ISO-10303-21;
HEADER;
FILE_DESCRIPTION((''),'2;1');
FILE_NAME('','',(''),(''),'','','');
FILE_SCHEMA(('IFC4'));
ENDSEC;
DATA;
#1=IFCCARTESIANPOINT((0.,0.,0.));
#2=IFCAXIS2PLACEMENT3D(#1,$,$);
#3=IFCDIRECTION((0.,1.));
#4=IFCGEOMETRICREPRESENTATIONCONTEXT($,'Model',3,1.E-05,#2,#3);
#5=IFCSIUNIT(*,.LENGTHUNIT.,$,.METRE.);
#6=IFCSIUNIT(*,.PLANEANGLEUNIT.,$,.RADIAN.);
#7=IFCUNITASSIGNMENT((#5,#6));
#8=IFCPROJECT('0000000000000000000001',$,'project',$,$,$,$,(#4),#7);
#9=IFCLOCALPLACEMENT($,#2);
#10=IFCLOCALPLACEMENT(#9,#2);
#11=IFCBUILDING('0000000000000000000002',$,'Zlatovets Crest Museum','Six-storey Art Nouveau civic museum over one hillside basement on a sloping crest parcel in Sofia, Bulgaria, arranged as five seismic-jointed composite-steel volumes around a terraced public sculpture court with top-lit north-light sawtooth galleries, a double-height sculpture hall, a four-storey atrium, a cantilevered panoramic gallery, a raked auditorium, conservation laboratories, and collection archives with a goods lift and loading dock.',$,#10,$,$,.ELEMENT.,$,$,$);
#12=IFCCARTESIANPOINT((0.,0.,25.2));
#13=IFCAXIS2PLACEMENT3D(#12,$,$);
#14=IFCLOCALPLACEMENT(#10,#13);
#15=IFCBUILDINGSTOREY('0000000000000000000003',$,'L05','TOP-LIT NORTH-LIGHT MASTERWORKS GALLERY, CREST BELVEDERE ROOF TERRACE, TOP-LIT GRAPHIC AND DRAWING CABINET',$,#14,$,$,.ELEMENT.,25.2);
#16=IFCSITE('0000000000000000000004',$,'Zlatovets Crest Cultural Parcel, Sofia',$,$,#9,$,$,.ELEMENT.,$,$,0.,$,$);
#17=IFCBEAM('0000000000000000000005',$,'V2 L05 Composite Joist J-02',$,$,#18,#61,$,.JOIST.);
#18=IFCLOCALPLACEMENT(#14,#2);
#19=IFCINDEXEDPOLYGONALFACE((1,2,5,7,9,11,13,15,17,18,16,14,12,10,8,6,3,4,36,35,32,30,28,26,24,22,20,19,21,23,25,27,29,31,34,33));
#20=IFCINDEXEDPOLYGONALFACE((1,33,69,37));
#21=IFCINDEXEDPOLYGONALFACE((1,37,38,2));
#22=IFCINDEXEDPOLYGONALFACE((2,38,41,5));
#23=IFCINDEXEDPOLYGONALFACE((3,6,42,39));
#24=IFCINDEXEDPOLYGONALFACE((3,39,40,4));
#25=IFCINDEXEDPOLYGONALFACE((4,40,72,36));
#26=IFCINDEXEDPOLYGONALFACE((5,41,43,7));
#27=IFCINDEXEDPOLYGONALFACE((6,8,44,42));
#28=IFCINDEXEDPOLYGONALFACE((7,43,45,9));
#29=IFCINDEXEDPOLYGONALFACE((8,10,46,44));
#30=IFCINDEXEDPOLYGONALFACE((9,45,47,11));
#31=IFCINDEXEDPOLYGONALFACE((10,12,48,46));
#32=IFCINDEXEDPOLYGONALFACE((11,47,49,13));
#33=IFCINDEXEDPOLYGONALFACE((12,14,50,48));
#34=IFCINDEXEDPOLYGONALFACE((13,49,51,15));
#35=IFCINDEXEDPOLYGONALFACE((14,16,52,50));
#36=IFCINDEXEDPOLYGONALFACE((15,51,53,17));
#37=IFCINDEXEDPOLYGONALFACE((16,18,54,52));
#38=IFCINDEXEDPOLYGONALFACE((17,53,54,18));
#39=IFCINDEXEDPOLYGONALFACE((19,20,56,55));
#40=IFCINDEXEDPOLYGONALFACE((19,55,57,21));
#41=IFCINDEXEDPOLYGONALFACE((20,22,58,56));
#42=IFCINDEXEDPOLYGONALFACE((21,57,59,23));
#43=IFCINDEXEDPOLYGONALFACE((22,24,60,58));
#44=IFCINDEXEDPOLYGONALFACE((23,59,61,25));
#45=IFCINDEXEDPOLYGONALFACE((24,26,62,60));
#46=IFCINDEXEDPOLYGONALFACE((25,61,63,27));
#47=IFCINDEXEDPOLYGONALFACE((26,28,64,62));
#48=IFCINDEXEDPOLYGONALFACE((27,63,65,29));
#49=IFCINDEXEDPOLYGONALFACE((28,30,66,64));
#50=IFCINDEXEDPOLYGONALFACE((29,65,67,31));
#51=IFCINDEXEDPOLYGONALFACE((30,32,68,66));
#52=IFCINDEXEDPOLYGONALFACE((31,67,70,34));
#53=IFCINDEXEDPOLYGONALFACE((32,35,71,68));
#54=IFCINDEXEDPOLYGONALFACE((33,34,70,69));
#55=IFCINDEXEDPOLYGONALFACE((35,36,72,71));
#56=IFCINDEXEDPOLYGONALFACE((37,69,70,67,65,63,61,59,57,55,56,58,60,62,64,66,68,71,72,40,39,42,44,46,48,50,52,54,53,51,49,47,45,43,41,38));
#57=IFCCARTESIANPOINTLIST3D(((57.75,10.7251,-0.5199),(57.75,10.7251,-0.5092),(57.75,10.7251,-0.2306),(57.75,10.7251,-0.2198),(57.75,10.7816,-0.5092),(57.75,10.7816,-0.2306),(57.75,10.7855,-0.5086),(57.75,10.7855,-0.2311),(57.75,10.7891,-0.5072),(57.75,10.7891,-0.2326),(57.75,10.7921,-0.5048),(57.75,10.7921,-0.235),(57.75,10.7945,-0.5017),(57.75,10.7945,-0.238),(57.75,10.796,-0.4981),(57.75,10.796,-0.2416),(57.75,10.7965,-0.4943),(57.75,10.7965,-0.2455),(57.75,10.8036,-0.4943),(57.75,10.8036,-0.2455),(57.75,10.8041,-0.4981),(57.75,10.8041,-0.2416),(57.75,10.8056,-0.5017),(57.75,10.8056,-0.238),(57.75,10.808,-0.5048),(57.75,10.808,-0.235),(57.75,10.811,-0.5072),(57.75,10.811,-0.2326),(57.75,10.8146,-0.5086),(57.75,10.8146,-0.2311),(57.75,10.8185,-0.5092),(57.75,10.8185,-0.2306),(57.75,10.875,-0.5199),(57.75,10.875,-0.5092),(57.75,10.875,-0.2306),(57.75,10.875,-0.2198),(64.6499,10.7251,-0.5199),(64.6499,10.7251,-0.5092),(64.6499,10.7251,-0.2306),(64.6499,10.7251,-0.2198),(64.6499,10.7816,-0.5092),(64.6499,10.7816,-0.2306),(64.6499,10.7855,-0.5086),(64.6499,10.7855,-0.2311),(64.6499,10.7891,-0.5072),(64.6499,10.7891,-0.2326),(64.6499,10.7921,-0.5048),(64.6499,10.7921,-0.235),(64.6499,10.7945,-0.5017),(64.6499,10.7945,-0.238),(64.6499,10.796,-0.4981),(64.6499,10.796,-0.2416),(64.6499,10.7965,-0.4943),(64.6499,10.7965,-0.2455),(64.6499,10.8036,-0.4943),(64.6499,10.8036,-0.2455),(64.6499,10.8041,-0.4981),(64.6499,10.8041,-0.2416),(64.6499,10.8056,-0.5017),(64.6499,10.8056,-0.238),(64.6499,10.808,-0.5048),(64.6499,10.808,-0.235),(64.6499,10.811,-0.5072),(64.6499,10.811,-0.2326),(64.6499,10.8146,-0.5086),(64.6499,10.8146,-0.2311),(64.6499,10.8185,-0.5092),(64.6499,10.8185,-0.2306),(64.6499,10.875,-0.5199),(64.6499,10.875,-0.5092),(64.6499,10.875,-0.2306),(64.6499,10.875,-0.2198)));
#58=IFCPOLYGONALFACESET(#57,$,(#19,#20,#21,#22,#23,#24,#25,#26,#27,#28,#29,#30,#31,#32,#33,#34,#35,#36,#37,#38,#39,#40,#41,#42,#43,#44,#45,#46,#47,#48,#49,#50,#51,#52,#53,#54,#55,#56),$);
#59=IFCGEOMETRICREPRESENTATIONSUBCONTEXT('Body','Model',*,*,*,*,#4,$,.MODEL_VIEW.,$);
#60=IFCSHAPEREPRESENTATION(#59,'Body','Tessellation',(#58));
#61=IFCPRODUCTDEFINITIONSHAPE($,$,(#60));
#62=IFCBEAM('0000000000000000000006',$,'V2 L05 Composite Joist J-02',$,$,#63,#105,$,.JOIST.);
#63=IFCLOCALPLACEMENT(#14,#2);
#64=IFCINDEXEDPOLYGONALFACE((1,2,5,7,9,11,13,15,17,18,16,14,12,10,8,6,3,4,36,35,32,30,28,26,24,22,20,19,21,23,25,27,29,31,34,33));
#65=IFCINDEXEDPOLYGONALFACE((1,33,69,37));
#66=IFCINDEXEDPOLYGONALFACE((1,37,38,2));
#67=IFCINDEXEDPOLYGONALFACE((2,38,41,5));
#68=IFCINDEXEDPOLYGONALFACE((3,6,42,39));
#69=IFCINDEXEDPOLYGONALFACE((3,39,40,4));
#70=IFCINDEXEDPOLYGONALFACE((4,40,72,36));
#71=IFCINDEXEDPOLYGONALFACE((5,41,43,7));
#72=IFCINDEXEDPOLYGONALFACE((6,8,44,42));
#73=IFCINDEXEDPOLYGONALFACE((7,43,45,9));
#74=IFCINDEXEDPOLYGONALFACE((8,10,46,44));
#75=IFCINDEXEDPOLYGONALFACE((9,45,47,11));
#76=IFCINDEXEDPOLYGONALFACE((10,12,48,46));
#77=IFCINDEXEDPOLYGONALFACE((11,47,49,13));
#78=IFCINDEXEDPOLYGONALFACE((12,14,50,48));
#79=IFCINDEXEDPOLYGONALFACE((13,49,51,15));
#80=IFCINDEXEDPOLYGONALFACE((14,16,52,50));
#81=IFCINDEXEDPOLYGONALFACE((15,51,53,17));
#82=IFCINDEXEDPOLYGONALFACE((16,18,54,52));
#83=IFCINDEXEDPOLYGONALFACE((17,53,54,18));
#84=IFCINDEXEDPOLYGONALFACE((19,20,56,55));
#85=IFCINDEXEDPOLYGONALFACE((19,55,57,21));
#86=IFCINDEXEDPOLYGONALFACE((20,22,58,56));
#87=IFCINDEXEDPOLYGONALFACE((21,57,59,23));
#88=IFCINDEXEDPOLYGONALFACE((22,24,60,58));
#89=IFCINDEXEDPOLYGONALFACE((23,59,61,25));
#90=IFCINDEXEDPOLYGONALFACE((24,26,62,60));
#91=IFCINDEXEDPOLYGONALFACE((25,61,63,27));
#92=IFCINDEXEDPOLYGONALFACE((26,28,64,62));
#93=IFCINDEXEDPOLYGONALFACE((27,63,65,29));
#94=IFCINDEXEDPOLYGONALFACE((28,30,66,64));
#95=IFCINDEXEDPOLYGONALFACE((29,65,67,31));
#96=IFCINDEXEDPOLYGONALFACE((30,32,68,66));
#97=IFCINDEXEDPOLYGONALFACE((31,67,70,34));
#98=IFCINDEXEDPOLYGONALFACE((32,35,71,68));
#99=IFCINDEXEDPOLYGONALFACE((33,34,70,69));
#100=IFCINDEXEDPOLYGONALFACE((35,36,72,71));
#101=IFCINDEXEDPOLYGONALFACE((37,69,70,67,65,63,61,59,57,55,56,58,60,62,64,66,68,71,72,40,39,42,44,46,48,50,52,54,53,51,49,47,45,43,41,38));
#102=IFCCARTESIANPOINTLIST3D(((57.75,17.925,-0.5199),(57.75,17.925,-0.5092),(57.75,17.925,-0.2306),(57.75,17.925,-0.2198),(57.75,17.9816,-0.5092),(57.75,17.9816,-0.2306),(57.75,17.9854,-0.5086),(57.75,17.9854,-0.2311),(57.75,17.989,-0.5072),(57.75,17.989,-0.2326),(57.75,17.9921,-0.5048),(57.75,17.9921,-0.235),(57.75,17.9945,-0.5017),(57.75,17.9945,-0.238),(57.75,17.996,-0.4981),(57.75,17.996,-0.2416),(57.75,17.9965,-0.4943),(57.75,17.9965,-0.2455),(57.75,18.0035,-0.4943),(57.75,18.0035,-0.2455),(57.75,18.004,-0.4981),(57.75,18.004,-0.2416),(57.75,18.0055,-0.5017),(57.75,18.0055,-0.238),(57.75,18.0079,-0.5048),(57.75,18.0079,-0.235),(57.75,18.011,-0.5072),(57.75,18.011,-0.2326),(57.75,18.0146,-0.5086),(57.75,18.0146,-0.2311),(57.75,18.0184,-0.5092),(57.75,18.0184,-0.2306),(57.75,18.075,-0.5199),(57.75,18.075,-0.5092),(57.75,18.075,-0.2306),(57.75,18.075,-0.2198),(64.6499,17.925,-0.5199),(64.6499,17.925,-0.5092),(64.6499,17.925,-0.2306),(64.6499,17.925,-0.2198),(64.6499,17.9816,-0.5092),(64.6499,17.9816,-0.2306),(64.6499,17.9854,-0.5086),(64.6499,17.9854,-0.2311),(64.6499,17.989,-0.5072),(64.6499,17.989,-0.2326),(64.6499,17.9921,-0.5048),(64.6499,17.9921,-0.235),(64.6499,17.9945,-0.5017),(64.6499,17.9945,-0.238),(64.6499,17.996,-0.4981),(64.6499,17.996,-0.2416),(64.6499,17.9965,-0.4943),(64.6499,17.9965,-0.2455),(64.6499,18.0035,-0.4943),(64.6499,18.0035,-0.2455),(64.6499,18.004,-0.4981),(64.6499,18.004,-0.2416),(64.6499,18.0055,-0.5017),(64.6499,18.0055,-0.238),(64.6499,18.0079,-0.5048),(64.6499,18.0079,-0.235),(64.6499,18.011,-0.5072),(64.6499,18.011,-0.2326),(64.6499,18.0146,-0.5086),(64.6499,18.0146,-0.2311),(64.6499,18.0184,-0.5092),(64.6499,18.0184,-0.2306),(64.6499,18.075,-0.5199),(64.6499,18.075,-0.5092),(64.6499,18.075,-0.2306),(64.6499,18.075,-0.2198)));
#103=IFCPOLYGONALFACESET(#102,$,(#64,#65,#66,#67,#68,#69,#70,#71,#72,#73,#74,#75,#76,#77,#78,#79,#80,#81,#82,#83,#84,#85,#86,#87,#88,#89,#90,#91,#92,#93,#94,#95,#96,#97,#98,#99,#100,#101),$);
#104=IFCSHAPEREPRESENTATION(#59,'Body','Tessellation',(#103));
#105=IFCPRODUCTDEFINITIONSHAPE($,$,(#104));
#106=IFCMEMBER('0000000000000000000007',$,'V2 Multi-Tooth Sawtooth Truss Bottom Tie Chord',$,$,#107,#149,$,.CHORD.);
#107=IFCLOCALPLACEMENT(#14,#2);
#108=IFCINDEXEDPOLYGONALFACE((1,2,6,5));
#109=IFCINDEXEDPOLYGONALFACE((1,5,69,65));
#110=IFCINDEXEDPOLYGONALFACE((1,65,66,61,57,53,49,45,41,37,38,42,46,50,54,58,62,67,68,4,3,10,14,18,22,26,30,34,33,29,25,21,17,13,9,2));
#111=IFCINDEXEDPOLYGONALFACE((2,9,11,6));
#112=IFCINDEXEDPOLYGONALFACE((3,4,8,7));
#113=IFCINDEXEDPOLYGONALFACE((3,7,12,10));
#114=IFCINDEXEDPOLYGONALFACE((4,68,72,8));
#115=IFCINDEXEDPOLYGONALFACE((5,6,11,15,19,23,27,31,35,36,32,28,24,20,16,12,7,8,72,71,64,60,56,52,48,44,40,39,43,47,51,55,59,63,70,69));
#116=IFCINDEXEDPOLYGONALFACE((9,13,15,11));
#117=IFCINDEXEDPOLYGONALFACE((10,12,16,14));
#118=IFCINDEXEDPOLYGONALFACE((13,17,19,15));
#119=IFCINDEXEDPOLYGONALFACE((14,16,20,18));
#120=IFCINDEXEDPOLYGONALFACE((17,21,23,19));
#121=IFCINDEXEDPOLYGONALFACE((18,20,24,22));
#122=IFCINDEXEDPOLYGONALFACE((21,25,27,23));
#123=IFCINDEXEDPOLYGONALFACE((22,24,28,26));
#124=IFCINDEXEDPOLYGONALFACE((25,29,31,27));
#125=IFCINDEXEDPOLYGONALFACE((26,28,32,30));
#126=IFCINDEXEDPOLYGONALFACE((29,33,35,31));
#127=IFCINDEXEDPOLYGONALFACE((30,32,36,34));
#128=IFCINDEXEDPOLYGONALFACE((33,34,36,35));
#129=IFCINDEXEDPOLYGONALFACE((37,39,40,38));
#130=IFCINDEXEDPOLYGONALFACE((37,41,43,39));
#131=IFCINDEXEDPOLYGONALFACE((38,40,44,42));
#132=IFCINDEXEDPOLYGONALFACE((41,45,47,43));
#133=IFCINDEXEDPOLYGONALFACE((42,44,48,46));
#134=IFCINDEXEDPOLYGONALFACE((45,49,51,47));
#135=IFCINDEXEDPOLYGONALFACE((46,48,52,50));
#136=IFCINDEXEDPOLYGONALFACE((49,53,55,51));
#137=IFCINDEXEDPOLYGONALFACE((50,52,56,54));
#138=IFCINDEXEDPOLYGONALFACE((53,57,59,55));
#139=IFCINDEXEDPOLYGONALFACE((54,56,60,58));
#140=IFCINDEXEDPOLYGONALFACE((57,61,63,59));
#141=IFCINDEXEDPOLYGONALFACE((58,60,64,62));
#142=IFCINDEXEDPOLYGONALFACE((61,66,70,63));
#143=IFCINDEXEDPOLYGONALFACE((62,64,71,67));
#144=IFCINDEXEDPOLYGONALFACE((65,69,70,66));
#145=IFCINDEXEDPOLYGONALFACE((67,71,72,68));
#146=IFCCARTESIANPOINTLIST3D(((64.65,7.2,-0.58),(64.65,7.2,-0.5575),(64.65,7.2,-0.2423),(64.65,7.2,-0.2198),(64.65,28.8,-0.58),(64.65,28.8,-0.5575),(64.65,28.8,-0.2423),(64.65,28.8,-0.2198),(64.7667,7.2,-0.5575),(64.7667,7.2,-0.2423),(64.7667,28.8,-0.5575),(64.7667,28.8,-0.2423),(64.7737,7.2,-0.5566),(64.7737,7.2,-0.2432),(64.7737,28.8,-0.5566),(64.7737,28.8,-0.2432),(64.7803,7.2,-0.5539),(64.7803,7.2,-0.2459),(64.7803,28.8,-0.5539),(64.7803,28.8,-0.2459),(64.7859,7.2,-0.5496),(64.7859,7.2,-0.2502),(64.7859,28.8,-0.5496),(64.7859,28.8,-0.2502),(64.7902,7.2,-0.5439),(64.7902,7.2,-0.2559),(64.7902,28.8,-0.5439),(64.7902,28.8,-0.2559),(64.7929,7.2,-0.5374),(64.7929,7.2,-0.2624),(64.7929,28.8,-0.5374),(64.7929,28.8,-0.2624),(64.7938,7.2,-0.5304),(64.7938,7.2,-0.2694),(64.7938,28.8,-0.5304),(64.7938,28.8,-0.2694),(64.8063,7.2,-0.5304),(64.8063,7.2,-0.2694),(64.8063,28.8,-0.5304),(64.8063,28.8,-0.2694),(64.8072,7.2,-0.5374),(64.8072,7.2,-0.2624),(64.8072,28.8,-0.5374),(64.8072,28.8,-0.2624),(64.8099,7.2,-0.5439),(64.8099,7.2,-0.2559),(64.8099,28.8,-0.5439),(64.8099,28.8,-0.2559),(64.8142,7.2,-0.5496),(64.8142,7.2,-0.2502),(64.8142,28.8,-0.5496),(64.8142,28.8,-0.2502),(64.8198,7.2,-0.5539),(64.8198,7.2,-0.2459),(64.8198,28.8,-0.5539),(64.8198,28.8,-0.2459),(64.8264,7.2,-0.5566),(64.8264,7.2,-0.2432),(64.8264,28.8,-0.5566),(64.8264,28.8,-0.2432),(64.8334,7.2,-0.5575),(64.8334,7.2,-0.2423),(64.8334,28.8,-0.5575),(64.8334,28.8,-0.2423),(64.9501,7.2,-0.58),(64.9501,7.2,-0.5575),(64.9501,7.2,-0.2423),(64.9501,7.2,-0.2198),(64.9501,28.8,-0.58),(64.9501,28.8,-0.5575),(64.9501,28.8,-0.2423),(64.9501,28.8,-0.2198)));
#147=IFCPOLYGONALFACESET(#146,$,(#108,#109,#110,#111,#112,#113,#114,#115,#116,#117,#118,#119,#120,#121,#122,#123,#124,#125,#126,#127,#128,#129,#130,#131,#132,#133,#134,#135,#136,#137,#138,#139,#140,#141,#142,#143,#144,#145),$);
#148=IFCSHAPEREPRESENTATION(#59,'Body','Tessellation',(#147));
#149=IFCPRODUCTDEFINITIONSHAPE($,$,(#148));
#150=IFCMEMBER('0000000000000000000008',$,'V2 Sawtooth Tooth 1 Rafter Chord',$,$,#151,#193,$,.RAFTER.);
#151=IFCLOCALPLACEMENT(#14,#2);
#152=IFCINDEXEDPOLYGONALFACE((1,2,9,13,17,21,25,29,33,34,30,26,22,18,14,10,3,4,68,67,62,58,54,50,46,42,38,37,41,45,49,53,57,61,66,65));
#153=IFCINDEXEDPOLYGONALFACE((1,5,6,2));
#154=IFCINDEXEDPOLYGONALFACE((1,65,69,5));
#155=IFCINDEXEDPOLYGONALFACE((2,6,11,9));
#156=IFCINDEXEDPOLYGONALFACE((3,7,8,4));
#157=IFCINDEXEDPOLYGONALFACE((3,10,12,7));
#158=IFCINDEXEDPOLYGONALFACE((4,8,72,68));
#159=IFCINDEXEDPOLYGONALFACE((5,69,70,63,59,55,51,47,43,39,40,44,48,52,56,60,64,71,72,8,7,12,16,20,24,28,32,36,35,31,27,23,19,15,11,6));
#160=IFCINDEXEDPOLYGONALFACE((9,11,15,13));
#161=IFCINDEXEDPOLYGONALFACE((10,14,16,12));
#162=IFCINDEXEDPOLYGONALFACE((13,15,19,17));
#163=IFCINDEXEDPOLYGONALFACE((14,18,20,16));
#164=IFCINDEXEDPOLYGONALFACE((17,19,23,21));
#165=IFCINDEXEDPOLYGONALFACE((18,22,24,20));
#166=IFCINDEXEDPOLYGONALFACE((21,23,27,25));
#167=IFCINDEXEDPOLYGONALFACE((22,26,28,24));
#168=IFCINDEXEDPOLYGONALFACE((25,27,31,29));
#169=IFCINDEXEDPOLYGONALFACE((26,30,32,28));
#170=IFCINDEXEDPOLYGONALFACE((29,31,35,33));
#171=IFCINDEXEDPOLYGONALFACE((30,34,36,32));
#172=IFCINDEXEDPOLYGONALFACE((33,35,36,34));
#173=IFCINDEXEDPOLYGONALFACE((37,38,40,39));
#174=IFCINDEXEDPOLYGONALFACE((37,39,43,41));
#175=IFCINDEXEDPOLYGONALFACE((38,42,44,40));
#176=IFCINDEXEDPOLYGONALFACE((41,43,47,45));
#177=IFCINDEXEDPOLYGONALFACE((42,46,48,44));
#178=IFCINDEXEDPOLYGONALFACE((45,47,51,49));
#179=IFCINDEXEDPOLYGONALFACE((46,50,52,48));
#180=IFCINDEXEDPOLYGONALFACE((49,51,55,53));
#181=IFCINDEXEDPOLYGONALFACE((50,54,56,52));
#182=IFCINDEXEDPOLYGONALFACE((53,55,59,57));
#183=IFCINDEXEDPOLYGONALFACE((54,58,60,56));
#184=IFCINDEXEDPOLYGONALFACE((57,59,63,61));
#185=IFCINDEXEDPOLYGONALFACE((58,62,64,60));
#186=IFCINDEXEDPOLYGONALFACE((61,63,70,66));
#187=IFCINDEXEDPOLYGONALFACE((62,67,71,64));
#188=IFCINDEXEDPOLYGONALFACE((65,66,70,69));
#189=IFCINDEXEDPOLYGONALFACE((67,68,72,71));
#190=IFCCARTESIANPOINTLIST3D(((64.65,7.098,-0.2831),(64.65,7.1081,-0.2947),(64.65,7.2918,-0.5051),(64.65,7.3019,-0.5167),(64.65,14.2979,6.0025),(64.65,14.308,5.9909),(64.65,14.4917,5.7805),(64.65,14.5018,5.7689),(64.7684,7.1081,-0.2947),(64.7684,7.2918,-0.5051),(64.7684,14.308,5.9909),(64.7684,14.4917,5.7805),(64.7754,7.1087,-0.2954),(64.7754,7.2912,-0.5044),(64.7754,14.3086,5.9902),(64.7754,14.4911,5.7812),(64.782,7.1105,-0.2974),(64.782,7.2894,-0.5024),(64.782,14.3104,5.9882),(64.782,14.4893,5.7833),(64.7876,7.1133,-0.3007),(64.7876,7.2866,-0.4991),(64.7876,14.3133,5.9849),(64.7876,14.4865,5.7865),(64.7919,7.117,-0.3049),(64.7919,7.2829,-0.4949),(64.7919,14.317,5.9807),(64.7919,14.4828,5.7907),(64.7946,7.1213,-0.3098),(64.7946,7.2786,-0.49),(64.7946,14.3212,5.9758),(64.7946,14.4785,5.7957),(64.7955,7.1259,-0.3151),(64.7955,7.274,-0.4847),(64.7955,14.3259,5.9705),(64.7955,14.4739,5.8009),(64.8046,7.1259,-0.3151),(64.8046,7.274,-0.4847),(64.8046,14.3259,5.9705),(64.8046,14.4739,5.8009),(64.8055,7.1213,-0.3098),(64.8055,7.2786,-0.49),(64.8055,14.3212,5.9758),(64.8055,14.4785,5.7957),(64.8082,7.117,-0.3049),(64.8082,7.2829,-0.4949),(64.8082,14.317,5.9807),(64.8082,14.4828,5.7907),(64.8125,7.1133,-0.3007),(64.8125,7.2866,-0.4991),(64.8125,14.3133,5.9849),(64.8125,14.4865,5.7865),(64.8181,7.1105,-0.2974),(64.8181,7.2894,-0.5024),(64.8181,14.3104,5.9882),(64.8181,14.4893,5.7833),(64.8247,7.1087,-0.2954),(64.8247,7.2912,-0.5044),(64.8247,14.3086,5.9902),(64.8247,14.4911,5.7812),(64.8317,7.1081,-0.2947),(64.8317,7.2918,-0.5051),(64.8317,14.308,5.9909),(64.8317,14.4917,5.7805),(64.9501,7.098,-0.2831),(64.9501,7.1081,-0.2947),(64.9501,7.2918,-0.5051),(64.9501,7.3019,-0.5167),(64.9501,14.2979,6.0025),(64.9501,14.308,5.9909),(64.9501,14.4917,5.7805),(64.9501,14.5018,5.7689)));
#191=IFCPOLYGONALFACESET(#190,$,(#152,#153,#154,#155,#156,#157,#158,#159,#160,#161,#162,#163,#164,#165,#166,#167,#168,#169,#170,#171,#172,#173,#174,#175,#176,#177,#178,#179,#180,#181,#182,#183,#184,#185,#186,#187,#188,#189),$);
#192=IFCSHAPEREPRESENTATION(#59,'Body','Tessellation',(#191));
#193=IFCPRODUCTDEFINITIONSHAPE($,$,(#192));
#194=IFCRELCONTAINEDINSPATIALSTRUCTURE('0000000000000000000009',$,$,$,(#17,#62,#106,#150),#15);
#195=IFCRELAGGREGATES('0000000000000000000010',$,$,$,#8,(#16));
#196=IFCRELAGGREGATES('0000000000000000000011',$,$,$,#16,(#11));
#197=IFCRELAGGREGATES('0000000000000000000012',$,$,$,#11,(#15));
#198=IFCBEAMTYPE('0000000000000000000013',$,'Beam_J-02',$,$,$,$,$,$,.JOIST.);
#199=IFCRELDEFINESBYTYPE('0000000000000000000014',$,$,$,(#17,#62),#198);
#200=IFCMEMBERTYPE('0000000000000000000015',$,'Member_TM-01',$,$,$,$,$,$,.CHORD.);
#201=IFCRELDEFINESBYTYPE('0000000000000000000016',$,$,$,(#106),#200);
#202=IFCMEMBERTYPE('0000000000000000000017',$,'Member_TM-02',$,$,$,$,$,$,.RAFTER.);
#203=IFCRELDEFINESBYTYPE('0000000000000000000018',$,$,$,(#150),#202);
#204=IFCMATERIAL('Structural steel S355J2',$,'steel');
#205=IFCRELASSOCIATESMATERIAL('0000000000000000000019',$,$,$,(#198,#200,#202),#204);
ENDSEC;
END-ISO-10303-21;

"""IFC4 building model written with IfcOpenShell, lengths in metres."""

from ifc_helpers import new_model, si_unit, direction, frame, origin, origin_2d, place, context, subcontext, project, spatial, i_section, extrude, material, material_profile, profile_set, type_object, element, save


model = new_model("IFC4")

# Units and contexts
model_context = context("Model", 3, precision=1e-05, world=origin(), true_north=direction((0.0, 1.0)))
body_context = subcontext(model_context, "Body", "Model", "MODEL_VIEW")
ifc_project = project(units=[si_unit("LENGTHUNIT", "METRE"), si_unit("PLANEANGLEUNIT", "RADIAN")], contexts=[model_context])

# Site, building, storey
site_placement = place(None, origin())
site = spatial("IfcSite", under=ifc_project, at=site_placement, Name="Zlatovets Crest Cultural Parcel, Sofia", CompositionType="ELEMENT", RefElevation=0.0)
building_placement = place(site_placement, origin())
building = spatial("IfcBuilding", under=site, at=building_placement, Name="Zlatovets Crest Museum", Description="Six-storey Art Nouveau civic museum over one hillside basement on a sloping crest parcel in Sofia, Bulgaria, arranged as five seismic-jointed composite-steel volumes around a terraced public sculpture court with top-lit north-light sawtooth galleries, a double-height sculpture hall, a four-storey atrium, a cantilevered panoramic gallery, a raked auditorium, conservation laboratories, and collection archives with a goods lift and loading dock.", CompositionType="ELEMENT")
storey_placement = place(building_placement, frame((0.0, 0.0, 25.2)))
storey = spatial("IfcBuildingStorey", under=building, at=storey_placement, Name="L05", Description="TOP-LIT NORTH-LIGHT MASTERWORKS GALLERY, CREST BELVEDERE ROOF TERRACE, TOP-LIT GRAPHIC AND DRAWING CABINET", CompositionType="ELEMENT", Elevation=25.2)

# Beams
ifc_material_1 = material(Name="Structural steel S355J2", Category="steel")
ifc_material_profile_1 = material_profile(ifc_material_1, i_section(OverallWidth=0.1499, OverallDepth=0.3, WebThickness=0.0071, FlangeThickness=0.0107, FilletRadius=0.0149, at=origin_2d()), Name="IPE 300")
ifc_profile_set_1 = profile_set([ifc_material_profile_1], Name="Structural steel S355J2")
beam_type_1 = type_object("IfcBeamType", Name="Beam_J-02", PredefinedType="JOIST", material=ifc_profile_set_1)
for number, where, z_axis, x_axis, name in (
    (1, (57.75, 10.8, -0.3699), (1.0, 0.0, 0.0), (0.0, 1.0, 0.0), "V2 L05 Composite Joist J-02"),
    (2, (57.75, 18.0, -0.3699), (1.0, 0.0, 0.0), (0.0, 1.0, 0.0), "V2 L05 Composite Joist J-02"),
):
    element("IfcBeam", number, at=place(storey_placement, frame(where, z_axis=z_axis, x_axis=x_axis)), inside=storey, type_object=beam_type_1, Name=name, PredefinedType="JOIST", context=body_context, shape_type="SweptSolid", body=[
        extrude(i_section(OverallWidth=0.1499, OverallDepth=0.3, WebThickness=0.0071, FlangeThickness=0.0107, FilletRadius=0.0149, at=origin_2d()), origin(), (0.0, 0.0, 1.0), 6.8999),
    ])

# Members
ifc_material_profile_2 = material_profile(ifc_material_1, i_section(OverallWidth=0.3, OverallDepth=0.3601, WebThickness=0.0125, FlangeThickness=0.0225, FilletRadius=0.0271, at=origin_2d()), Name="HEB 360")
ifc_profile_set_2 = profile_set([ifc_material_profile_2], Name="Structural steel S355J2")
member_type_1 = type_object("IfcMemberType", Name="Member_TM-01", PredefinedType="CHORD", material=ifc_profile_set_2)
member_1_placement = place(storey_placement, frame((64.8, 7.2, -0.3999), z_axis=(0.0, 1.0, 0.0), x_axis=(-1.0, 0.0, 0.0)))
element("IfcMember", 3, at=member_1_placement, inside=storey, type_object=member_type_1, Name="V2 Multi-Tooth Sawtooth Truss Bottom Tie Chord", PredefinedType="CHORD", context=body_context, shape_type="SweptSolid", body=[
    extrude(i_section(OverallWidth=0.3, OverallDepth=0.3601, WebThickness=0.0125, FlangeThickness=0.0225, FilletRadius=0.0271, at=origin_2d()), origin(), (0.0, 0.0, 1.0), 21.6001),
])
ifc_material_profile_3 = material_profile(ifc_material_1, i_section(OverallWidth=0.3, OverallDepth=0.3101, WebThickness=0.009, FlangeThickness=0.0154, FilletRadius=0.0271, at=origin_2d()), Name="HEA 320")
ifc_profile_set_3 = profile_set([ifc_material_profile_3], Name="Structural steel S355J2")
member_type_2 = type_object("IfcMemberType", Name="Member_TM-02", PredefinedType="RAFTER", material=ifc_profile_set_3)
member_2_placement = place(storey_placement, frame((64.8, 7.2, -0.3999), z_axis=(0.0, 0.753318, 0.657656), x_axis=(-1.0, 0.0, 0.0)))
element("IfcMember", 4, at=member_2_placement, inside=storey, type_object=member_type_2, Name="V2 Sawtooth Tooth 1 Rafter Chord", PredefinedType="RAFTER", context=body_context, shape_type="SweptSolid", body=[
    extrude(i_section(OverallWidth=0.3, OverallDepth=0.3101, WebThickness=0.009, FlangeThickness=0.0154, FilletRadius=0.0271, at=origin_2d()), origin(), (0.0, 0.0, 1.0), 9.5576),
])

save(model, "model.ifc")
